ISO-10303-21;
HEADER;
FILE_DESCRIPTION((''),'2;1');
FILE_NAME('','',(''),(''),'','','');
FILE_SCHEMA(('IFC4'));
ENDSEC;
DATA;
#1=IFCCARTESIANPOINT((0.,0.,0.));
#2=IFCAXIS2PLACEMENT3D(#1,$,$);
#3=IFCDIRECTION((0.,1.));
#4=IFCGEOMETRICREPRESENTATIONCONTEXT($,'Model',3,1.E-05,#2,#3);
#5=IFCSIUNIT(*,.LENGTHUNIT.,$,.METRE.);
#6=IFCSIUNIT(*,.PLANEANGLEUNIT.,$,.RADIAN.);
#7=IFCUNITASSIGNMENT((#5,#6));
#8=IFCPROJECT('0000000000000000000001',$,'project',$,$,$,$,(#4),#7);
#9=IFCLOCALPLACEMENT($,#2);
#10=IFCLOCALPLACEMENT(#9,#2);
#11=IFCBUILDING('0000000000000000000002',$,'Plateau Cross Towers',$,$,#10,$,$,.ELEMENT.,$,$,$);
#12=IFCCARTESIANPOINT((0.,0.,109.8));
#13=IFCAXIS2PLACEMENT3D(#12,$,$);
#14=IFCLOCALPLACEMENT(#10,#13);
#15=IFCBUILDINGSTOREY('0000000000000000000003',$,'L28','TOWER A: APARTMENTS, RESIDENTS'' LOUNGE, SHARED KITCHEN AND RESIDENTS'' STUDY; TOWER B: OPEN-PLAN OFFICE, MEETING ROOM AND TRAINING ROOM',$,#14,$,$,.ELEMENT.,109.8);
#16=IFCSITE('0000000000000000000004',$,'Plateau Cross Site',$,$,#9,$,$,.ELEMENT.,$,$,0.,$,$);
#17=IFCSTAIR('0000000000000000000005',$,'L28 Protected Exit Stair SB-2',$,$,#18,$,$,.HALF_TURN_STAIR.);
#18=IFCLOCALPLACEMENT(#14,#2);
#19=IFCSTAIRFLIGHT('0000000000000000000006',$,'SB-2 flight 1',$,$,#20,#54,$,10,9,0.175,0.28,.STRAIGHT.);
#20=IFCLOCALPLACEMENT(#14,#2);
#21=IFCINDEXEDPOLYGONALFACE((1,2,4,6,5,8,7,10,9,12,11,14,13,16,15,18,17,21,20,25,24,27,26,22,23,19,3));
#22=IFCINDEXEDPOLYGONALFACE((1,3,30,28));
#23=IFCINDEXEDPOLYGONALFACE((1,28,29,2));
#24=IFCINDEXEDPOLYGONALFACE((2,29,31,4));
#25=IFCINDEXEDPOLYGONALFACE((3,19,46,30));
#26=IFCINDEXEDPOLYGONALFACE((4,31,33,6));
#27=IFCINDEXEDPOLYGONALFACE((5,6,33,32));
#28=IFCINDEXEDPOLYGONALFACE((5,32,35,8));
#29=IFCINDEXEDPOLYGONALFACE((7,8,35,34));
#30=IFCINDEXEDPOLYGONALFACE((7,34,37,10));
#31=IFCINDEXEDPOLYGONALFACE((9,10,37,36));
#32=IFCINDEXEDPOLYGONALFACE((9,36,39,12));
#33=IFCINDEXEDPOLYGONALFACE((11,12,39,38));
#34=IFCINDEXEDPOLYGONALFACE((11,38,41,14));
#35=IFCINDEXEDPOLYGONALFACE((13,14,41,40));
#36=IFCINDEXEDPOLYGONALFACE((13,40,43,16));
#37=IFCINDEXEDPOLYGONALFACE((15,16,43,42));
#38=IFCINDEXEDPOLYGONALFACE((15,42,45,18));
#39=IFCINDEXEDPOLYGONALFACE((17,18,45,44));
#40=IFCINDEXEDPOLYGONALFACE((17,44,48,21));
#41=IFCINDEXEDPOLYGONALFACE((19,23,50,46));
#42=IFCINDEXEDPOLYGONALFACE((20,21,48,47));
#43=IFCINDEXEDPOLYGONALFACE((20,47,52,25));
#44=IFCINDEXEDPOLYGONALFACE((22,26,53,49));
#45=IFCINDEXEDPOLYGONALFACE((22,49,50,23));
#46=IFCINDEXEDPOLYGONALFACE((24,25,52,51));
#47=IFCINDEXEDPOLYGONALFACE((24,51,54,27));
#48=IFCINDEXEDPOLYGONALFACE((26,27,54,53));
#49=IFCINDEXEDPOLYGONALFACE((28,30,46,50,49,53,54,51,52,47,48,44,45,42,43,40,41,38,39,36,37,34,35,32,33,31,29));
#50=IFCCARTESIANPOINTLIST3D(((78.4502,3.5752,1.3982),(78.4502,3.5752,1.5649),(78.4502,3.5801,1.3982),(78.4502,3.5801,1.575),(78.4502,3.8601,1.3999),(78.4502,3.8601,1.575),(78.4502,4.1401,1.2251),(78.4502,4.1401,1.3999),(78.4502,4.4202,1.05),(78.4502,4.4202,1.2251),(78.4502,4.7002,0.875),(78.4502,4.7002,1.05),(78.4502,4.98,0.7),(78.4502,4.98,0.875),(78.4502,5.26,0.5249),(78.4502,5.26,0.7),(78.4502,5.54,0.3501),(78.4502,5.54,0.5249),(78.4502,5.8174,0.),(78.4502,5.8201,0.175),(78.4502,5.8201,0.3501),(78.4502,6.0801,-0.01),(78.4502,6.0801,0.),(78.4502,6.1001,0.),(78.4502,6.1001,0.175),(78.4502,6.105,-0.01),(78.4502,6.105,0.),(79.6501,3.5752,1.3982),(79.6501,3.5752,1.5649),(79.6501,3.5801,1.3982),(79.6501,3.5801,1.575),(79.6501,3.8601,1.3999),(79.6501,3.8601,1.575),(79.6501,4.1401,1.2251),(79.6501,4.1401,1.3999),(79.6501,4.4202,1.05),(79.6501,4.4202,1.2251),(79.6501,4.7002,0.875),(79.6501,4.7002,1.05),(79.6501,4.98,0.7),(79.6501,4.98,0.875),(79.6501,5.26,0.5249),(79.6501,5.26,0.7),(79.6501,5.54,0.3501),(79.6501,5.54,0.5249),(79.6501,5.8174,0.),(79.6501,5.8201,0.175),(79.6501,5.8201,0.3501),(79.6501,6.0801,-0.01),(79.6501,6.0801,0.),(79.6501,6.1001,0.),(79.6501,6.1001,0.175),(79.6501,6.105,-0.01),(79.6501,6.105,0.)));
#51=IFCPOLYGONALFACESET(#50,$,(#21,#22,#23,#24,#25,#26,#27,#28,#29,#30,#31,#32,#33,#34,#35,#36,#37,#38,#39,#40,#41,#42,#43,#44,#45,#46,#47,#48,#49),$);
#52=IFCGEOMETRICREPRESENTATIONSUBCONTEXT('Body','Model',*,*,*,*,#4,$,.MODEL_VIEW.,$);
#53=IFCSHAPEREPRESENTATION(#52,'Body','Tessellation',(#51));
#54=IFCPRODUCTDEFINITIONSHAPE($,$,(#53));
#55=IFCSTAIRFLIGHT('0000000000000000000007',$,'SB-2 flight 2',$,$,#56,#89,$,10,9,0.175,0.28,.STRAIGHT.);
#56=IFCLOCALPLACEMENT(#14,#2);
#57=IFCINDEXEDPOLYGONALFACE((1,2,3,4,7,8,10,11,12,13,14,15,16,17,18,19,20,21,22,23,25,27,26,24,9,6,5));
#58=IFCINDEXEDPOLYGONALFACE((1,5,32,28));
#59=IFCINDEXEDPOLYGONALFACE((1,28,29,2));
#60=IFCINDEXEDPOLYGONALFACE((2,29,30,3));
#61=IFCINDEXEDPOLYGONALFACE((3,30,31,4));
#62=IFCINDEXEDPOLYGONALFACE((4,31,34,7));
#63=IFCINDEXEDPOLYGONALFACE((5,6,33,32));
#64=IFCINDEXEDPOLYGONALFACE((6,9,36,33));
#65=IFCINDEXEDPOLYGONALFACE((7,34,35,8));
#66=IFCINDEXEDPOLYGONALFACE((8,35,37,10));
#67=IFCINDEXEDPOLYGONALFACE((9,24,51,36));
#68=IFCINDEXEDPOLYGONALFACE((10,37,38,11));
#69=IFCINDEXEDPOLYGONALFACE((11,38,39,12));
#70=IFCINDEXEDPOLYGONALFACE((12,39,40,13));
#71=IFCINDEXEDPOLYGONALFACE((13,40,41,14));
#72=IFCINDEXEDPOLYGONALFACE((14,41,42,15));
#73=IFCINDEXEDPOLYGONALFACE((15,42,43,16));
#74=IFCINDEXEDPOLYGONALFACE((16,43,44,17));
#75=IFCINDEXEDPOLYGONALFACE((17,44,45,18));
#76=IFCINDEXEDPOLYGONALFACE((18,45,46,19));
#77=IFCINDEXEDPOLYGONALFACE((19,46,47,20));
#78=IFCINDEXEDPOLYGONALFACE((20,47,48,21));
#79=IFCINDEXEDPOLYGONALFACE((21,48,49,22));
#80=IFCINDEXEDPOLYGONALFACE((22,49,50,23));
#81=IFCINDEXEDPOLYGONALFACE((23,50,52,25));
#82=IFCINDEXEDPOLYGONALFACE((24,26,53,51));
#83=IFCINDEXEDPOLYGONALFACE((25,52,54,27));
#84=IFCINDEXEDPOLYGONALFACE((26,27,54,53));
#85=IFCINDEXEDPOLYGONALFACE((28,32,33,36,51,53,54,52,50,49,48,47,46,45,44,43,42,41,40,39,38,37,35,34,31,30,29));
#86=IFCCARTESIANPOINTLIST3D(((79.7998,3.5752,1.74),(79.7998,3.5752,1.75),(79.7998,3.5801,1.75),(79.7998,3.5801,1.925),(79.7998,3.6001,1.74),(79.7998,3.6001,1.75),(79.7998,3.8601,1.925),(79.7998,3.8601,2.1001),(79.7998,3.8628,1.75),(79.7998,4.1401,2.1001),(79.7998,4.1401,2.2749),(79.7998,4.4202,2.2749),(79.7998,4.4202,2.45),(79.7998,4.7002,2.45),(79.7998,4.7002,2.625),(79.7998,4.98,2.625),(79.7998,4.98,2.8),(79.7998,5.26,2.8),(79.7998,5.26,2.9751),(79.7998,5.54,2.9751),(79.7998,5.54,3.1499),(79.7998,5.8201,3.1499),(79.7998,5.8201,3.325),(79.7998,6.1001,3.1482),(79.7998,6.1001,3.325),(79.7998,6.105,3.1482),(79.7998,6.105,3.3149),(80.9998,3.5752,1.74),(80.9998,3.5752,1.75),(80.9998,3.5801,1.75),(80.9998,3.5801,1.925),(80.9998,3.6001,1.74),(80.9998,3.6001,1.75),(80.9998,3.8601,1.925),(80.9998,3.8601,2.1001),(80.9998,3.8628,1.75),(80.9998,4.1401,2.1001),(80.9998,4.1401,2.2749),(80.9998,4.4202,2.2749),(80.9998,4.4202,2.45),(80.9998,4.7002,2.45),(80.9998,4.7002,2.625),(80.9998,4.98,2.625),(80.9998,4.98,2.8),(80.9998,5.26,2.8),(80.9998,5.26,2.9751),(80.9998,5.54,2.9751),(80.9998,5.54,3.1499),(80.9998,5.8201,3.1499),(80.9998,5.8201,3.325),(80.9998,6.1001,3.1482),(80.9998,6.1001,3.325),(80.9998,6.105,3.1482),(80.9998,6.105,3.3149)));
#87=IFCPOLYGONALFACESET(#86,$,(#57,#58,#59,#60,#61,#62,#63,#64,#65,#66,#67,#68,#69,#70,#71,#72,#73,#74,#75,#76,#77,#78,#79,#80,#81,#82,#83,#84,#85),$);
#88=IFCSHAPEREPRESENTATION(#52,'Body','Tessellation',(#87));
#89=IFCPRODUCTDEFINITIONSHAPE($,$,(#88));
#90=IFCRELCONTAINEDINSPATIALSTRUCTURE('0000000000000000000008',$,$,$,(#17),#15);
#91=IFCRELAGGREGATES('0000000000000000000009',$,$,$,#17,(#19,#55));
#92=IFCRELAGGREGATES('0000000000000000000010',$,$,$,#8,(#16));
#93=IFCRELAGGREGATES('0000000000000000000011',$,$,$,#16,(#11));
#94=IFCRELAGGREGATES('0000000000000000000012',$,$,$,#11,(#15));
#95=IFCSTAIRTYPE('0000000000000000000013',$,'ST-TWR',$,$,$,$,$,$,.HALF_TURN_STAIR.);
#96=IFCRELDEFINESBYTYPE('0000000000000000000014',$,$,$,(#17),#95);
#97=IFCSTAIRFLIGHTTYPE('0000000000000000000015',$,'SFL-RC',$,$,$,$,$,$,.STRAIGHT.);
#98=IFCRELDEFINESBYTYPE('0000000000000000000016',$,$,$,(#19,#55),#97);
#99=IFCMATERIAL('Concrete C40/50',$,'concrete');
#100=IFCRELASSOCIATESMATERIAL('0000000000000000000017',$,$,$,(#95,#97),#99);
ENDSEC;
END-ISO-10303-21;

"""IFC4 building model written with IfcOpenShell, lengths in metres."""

from ifc_helpers import new_model, si_unit, direction, frame, origin, place, context, subcontext, project, spatial, polyline, outline, extrude, material, type_object, element, aggregate, save


model = new_model("IFC4")

# Units and contexts
model_context = context("Model", 3, precision=1e-05, world=origin(), true_north=direction((0.0, 1.0)))
body_context = subcontext(model_context, "Body", "Model", "MODEL_VIEW")
ifc_project = project(units=[si_unit("LENGTHUNIT", "METRE"), si_unit("PLANEANGLEUNIT", "RADIAN")], contexts=[model_context])

# Site, building, storey
site_placement = place(None, origin())
site = spatial("IfcSite", under=ifc_project, at=site_placement, Name="Plateau Cross Site", CompositionType="ELEMENT", RefElevation=0.0)
building_placement = place(site_placement, origin())
building = spatial("IfcBuilding", under=site, at=building_placement, Name="Plateau Cross Towers", CompositionType="ELEMENT")
storey_placement = place(building_placement, frame((0.0, 0.0, 109.8)))
storey = spatial("IfcBuildingStorey", under=building, at=storey_placement, Name="L28", Description="TOWER A: APARTMENTS, RESIDENTS' LOUNGE, SHARED KITCHEN AND RESIDENTS' STUDY; TOWER B: OPEN-PLAN OFFICE, MEETING ROOM AND TRAINING ROOM", CompositionType="ELEMENT", Elevation=109.8)

# Stair, stair flights
ifc_material_1 = material(Name="Concrete C40/50", Category="concrete")
stair_type = type_object("IfcStairType", Name="ST-TWR", PredefinedType="HALF_TURN_STAIR", material=ifc_material_1)
stair_flight_type = type_object("IfcStairFlightType", Name="SFL-RC", PredefinedType="STRAIGHT", material=ifc_material_1)
stair_1_placement = place(storey_placement, origin())
stair_1 = element("IfcStair", 1, at=stair_1_placement, inside=storey, type_object=stair_type, Name="L28 Protected Exit Stair SB-2", PredefinedType="HALF_TURN_STAIR")
stair_flight_1_placement = place(storey_placement, frame((79.05, 6.1001, 0.0), z_axis=(0.0, 0.0, 1.0), x_axis=(0.0, -1.0, 0.0)))
stair_flight_1 = element("IfcStairFlight", 2, at=stair_flight_1_placement, type_object=stair_flight_type, Name="SB-2 flight 1", NumberOfRisers=10, NumberOfTreads=9, PredefinedType="STRAIGHT", RiserHeight=0.175, TreadLength=0.28, context=body_context, shape_type="SweptSolid", body=[
    extrude(outline(polyline([(-0.0049, -0.01), (-0.0049, 0.0), (0.0, 0.0), (0.0, 0.175), (0.28, 0.175), (0.28, 0.3501), (0.5601, 0.3501), (0.5601, 0.5249), (0.8401, 0.5249), (0.8401, 0.7), (1.1201, 0.7), (1.1201, 0.875), (1.3999, 0.875), (1.3999, 1.05), (1.6799, 1.05), (1.6799, 1.2251), (1.96, 1.2251), (1.96, 1.3999), (2.24, 1.3999), (2.24, 1.575), (2.52, 1.575), (2.5249, 1.5649), (2.5249, 1.3982), (2.52, 1.3982), (0.2827, 0.0), (0.02, 0.0), (0.02, -0.01), (-0.0049, -0.01)])), frame((0.0, 0.6001, 0.0), z_axis=(0.0, -1.0, 0.0), x_axis=(1.0, 0.0, 0.0)), (0.0, 0.0, 1.0), 1.2),
])
stair_flight_2_placement = place(storey_placement, frame((80.3999, 3.5801, 1.75), z_axis=(0.0, 0.0, 1.0), x_axis=(0.0, 1.0, 0.0)))
stair_flight_2 = element("IfcStairFlight", 3, at=stair_flight_2_placement, type_object=stair_flight_type, Name="SB-2 flight 2", NumberOfRisers=10, NumberOfTreads=9, PredefinedType="STRAIGHT", RiserHeight=0.175, TreadLength=0.28, context=body_context, shape_type="SweptSolid", body=[
    extrude(outline(polyline([(-0.0049, -0.01), (-0.0049, 0.0), (0.0, 0.0), (0.0, 0.175), (0.28, 0.175), (0.28, 0.3501), (0.5601, 0.3501), (0.5601, 0.5249), (0.8401, 0.5249), (0.8401, 0.7), (1.1201, 0.7), (1.1201, 0.875), (1.3999, 0.875), (1.3999, 1.05), (1.6799, 1.05), (1.6799, 1.2251), (1.96, 1.2251), (1.96, 1.3999), (2.24, 1.3999), (2.24, 1.575), (2.52, 1.575), (2.5249, 1.5649), (2.5249, 1.3982), (2.52, 1.3982), (0.2827, 0.0), (0.02, 0.0), (0.02, -0.01), (-0.0049, -0.01)])), frame((0.0, 0.6001, 0.0), z_axis=(0.0, -1.0, 0.0), x_axis=(1.0, 0.0, 0.0)), (0.0, 0.0, 1.0), 1.2),
])
aggregate(stair_1, [stair_flight_1, stair_flight_2])

save(model, "model.ifc")
